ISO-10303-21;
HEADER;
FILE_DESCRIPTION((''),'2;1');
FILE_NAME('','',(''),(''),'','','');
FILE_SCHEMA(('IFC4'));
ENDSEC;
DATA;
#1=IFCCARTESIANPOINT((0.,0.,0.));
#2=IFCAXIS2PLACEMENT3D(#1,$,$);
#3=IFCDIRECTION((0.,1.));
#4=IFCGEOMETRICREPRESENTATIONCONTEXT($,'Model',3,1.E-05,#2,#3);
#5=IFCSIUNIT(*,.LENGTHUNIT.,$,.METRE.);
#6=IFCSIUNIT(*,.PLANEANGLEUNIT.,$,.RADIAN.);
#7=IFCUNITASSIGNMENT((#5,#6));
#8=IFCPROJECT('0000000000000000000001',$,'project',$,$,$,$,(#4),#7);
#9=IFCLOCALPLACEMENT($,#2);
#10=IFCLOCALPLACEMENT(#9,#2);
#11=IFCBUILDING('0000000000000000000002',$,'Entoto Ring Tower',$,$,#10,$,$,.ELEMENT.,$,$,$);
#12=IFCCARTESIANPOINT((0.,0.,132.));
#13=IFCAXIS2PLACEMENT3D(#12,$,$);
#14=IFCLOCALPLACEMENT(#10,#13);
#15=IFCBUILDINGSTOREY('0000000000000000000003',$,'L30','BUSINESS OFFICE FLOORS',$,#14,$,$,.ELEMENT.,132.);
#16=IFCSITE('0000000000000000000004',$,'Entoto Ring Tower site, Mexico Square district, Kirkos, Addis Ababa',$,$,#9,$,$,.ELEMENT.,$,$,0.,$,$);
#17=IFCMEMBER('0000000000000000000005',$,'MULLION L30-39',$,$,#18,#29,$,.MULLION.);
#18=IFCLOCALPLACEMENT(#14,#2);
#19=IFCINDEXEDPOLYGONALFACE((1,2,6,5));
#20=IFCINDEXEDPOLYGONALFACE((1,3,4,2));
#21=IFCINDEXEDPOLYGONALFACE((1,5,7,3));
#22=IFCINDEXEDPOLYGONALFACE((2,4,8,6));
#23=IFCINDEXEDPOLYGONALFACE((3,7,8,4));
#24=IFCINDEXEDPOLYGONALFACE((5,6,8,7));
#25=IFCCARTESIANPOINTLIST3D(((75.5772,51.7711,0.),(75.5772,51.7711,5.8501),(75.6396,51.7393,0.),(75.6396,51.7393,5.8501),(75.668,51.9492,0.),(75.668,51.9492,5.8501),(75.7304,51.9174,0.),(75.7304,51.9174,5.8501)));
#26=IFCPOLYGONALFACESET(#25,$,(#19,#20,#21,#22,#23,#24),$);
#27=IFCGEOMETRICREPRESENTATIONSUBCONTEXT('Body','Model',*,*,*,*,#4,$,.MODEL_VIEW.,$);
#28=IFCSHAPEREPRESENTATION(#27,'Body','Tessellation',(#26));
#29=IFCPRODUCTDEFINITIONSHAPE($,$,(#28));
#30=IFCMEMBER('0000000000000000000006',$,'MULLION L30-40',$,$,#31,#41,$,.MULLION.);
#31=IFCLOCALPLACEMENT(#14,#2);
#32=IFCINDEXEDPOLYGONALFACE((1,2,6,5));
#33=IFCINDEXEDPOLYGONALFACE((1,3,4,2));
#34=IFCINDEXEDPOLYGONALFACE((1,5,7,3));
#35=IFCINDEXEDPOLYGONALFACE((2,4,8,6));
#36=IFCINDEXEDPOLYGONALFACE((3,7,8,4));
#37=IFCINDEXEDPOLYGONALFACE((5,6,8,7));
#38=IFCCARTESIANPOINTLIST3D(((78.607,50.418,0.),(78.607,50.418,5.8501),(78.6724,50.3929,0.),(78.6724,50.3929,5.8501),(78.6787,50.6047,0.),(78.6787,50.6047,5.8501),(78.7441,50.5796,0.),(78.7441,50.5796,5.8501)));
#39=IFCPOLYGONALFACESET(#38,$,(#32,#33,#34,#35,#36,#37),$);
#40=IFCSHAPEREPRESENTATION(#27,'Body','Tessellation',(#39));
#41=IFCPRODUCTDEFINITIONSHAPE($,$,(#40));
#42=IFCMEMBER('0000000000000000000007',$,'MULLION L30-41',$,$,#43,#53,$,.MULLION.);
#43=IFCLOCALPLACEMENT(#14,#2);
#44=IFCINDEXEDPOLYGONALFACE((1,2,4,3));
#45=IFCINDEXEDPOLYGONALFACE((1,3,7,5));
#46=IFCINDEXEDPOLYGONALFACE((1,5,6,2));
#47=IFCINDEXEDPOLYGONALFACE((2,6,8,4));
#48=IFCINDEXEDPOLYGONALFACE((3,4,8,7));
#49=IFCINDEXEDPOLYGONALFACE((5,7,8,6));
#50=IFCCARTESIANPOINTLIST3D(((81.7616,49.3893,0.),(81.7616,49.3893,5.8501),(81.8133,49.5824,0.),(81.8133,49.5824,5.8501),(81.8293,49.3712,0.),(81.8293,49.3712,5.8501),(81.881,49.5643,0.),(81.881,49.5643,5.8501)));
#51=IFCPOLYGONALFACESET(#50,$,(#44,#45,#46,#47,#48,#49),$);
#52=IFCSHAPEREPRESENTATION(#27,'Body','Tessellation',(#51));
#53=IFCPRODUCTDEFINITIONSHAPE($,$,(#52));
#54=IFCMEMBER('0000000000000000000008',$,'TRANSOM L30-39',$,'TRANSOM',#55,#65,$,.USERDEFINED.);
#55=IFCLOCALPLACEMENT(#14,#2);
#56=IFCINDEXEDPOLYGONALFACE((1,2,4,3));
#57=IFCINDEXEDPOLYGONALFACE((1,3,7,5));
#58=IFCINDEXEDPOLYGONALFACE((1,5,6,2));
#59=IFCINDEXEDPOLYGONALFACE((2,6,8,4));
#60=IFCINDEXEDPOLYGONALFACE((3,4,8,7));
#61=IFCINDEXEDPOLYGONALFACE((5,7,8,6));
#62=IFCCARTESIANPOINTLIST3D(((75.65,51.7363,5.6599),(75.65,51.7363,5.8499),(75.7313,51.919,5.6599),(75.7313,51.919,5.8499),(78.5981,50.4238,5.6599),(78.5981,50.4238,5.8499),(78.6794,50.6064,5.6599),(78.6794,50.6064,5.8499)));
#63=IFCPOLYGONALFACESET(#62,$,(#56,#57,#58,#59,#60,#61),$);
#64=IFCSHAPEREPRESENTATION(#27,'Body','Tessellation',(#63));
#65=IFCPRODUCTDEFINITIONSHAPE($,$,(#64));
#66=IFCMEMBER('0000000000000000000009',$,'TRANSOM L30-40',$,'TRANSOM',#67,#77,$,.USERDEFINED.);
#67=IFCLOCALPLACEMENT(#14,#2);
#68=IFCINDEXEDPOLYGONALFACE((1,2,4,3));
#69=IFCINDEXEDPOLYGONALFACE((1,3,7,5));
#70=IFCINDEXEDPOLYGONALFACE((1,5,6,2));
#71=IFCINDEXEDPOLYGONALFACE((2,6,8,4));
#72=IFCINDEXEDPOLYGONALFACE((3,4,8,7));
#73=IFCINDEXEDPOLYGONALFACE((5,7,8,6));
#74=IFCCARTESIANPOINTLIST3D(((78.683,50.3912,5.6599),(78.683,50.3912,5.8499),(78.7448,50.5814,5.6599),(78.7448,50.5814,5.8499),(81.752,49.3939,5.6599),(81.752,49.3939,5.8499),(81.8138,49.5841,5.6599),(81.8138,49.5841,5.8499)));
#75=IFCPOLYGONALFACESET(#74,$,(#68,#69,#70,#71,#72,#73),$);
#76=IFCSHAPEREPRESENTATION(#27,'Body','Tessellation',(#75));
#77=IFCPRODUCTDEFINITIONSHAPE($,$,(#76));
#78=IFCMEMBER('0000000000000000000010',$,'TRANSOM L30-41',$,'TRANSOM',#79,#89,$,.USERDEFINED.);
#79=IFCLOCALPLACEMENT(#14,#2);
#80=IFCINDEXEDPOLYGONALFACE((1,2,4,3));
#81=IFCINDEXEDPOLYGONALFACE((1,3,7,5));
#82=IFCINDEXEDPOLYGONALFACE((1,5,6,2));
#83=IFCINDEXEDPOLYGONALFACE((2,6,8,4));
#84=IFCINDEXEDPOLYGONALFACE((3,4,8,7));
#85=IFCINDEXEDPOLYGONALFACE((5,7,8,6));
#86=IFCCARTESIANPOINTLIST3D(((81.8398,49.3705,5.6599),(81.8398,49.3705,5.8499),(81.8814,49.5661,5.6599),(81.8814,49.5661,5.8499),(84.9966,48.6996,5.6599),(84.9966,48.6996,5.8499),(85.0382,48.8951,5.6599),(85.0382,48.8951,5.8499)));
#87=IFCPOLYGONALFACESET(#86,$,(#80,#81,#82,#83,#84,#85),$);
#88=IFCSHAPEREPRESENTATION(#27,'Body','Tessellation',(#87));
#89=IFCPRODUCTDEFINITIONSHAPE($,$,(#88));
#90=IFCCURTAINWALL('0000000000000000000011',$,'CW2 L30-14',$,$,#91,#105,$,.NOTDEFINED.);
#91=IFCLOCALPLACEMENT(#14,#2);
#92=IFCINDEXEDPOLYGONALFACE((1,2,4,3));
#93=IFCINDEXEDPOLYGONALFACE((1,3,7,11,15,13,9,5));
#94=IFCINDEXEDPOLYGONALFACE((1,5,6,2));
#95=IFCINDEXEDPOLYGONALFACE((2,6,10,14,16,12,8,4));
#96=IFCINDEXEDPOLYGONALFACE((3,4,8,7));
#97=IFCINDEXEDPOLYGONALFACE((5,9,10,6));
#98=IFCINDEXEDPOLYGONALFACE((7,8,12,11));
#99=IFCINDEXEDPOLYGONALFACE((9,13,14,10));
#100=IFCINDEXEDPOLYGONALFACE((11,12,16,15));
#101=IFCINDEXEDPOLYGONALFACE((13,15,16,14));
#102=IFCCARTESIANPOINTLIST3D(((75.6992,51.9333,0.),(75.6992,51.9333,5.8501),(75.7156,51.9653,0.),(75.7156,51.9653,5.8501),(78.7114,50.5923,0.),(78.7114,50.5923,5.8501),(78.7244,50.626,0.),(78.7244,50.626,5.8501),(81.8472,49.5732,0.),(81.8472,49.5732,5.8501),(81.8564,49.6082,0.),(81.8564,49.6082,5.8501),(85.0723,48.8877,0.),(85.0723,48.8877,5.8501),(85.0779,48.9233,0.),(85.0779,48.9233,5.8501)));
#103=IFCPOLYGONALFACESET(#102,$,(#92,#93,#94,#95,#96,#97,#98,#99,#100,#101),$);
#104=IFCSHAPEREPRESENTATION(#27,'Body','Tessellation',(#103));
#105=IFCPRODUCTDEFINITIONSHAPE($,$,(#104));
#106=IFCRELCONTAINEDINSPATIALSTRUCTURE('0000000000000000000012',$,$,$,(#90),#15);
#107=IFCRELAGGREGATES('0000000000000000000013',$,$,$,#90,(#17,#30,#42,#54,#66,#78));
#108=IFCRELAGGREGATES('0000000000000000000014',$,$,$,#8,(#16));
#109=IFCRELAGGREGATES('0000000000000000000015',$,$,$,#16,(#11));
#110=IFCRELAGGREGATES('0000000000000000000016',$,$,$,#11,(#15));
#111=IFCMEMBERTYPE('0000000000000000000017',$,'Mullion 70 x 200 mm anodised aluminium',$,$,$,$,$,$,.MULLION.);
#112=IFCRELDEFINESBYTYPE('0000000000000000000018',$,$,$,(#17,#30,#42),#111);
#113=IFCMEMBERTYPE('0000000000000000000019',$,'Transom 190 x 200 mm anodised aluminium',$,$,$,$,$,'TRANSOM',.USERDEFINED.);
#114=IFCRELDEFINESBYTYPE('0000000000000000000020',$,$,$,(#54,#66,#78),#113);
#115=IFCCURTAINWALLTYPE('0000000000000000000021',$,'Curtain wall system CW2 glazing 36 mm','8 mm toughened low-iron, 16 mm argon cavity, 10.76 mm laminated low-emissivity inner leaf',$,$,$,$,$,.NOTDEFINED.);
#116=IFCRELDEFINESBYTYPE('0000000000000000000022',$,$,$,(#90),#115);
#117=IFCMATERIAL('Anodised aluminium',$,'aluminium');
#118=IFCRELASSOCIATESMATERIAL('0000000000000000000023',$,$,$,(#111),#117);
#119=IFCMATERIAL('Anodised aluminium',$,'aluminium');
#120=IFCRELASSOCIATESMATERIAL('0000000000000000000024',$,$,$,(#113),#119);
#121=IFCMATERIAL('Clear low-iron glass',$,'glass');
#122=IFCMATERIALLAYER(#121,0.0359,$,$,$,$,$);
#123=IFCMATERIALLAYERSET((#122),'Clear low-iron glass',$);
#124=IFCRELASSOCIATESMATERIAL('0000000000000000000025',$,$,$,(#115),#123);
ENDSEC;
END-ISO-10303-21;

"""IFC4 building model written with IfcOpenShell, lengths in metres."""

from ifc_helpers import new_model, si_unit, direction, frame, origin, origin_2d, place, context, subcontext, project, spatial, polyline, rectangle, outline, extrude, material, layer, layer_set, material_profile, profile_set, type_object, element, aggregate, save


model = new_model("IFC4")

# Units and contexts
model_context = context("Model", 3, precision=1e-05, world=origin(), true_north=direction((0.0, 1.0)))
body_context = subcontext(model_context, "Body", "Model", "MODEL_VIEW")
ifc_project = project(units=[si_unit("LENGTHUNIT", "METRE"), si_unit("PLANEANGLEUNIT", "RADIAN")], contexts=[model_context])

# Members
ifc_material_1 = material(Name="Anodised aluminium", Category="aluminium")
ifc_material_profile_1 = material_profile(ifc_material_1, rectangle(XDim=0.0701, YDim=0.2, at=origin_2d()), Name="Mullion 70 x 200 mm anodised aluminium")
ifc_profile_set_1 = profile_set([ifc_material_profile_1], Name="Anodised aluminium")
member_type_1 = type_object("IfcMemberType", Name="Mullion 70 x 200 mm anodised aluminium", PredefinedType="MULLION", material=ifc_profile_set_1)
site_placement = place(None, origin())
building_placement = place(site_placement, origin())
storey_placement = place(building_placement, frame((0.0, 0.0, 132.0)))
member_1_placement = place(storey_placement, frame((75.6538, 51.8442, 0.0), z_axis=(0.0, 0.0, 1.0), x_axis=(0.891007, -0.45399, 0.0)))
member_1 = element("IfcMember", 1, at=member_1_placement, type_object=member_type_1, Name="MULLION L30-39", PredefinedType="MULLION", context=body_context, shape_type="SweptSolid", body=[
    extrude(rectangle(XDim=0.0701, YDim=0.2, at=origin_2d()), origin(), (0.0, 0.0, 1.0), 5.8501),
])
member_2_placement = place(storey_placement, frame((78.6755, 50.4988, 0.0), z_axis=(0.0, 0.0, 1.0), x_axis=(0.93358, -0.358368, 0.0)))
member_2 = element("IfcMember", 2, at=member_2_placement, type_object=member_type_1, Name="MULLION L30-40", PredefinedType="MULLION", context=body_context, shape_type="SweptSolid", body=[
    extrude(rectangle(XDim=0.0701, YDim=0.2, at=origin_2d()), origin(), (0.0, 0.0, 1.0), 5.8501),
])
member_3_placement = place(storey_placement, frame((81.8213, 49.4768, 0.0), z_axis=(0.0, 0.0, 1.0), x_axis=(0.965926, -0.258819, 0.0)))
member_3 = element("IfcMember", 3, at=member_3_placement, type_object=member_type_1, Name="MULLION L30-41", PredefinedType="MULLION", context=body_context, shape_type="SweptSolid", body=[
    extrude(rectangle(XDim=0.0701, YDim=0.2, at=origin_2d()), origin(), (0.0, 0.0, 1.0), 5.8501),
])
ifc_material_2 = material(Name="Anodised aluminium", Category="aluminium")
ifc_material_profile_2 = material_profile(ifc_material_2, rectangle(XDim=0.2, YDim=0.1899, at=origin_2d()), Name="Transom 190 x 200 mm anodised aluminium")
ifc_profile_set_2 = profile_set([ifc_material_profile_2], Name="Anodised aluminium")
member_type_2 = type_object("IfcMemberType", Name="Transom 190 x 200 mm anodised aluminium", ElementType="TRANSOM", PredefinedType="USERDEFINED", material=ifc_profile_set_2)
member_4_placement = place(storey_placement, frame((75.6907, 51.8276, 5.7549), z_axis=(0.913549, -0.406728, 0.0), x_axis=(0.406728, 0.913549, 0.0)))
member_4 = element("IfcMember", 4, at=member_4_placement, type_object=member_type_2, Name="TRANSOM L30-39", ObjectType="TRANSOM", PredefinedType="USERDEFINED", context=body_context, shape_type="SweptSolid", body=[
    extrude(rectangle(XDim=0.2, YDim=0.1899, at=origin_2d()), origin(), (0.0, 0.0, 1.0), 3.2271),
])
member_5_placement = place(storey_placement, frame((78.7139, 50.4863, 5.7549), z_axis=(0.951047, -0.309047, 0.0), x_axis=(0.309047, 0.951047, 0.0)))
member_5 = element("IfcMember", 5, at=member_5_placement, type_object=member_type_2, Name="TRANSOM L30-40", ObjectType="TRANSOM", PredefinedType="USERDEFINED", context=body_context, shape_type="SweptSolid", body=[
    extrude(rectangle(XDim=0.2, YDim=0.1899, at=origin_2d()), origin(), (0.0, 0.0, 1.0), 3.2271),
])
member_6_placement = place(storey_placement, frame((81.8606, 49.4683, 5.7549), z_axis=(0.978153, -0.207886, 0.0), x_axis=(0.207886, 0.978153, 0.0)))
member_6 = element("IfcMember", 6, at=member_6_placement, type_object=member_type_2, Name="TRANSOM L30-41", ObjectType="TRANSOM", PredefinedType="USERDEFINED", context=body_context, shape_type="SweptSolid", body=[
    extrude(rectangle(XDim=0.2, YDim=0.1899, at=origin_2d()), origin(), (0.0, 0.0, 1.0), 3.2273),
])

# Site, building, storey
site = spatial("IfcSite", under=ifc_project, at=site_placement, Name="Entoto Ring Tower site, Mexico Square district, Kirkos, Addis Ababa", CompositionType="ELEMENT", RefElevation=0.0)
building = spatial("IfcBuilding", under=site, at=building_placement, Name="Entoto Ring Tower", CompositionType="ELEMENT")
storey = spatial("IfcBuildingStorey", under=building, at=storey_placement, Name="L30", Description="BUSINESS OFFICE FLOORS", CompositionType="ELEMENT", Elevation=132.0)

# Curtain wall
ifc_material_3 = material(Name="Clear low-iron glass", Category="glass")
ifc_layer = layer(ifc_material_3, 0.0359)
ifc_layer_set = layer_set([ifc_layer], Name="Clear low-iron glass")
curtain_wall_type = type_object("IfcCurtainWallType", Name="Curtain wall system CW2 glazing 36 mm", Description="8 mm toughened low-iron, 16 mm argon cavity, 10.76 mm laminated low-emissivity inner leaf", PredefinedType="NOTDEFINED", material=ifc_layer_set)
curtain_wall_1_placement = place(storey_placement, origin())
curtain_wall_1 = element("IfcCurtainWall", 7, at=curtain_wall_1_placement, inside=storey, type_object=curtain_wall_type, Name="CW2 L30-14", PredefinedType="NOTDEFINED", context=body_context, shape_type="SweptSolid", body=[
    extrude(outline(polyline([(75.6992, 51.9333), (78.7114, 50.5923), (81.8472, 49.5732), (85.0723, 48.8877), (85.0779, 48.9233), (81.8564, 49.6082), (78.7244, 50.626), (75.7156, 51.9653), (75.6992, 51.9333)])), origin(), (0.0, 0.0, 1.0), 5.8501),
])
aggregate(curtain_wall_1, [member_1, member_2, member_3, member_4, member_5, member_6])

save(model, "model.ifc")
